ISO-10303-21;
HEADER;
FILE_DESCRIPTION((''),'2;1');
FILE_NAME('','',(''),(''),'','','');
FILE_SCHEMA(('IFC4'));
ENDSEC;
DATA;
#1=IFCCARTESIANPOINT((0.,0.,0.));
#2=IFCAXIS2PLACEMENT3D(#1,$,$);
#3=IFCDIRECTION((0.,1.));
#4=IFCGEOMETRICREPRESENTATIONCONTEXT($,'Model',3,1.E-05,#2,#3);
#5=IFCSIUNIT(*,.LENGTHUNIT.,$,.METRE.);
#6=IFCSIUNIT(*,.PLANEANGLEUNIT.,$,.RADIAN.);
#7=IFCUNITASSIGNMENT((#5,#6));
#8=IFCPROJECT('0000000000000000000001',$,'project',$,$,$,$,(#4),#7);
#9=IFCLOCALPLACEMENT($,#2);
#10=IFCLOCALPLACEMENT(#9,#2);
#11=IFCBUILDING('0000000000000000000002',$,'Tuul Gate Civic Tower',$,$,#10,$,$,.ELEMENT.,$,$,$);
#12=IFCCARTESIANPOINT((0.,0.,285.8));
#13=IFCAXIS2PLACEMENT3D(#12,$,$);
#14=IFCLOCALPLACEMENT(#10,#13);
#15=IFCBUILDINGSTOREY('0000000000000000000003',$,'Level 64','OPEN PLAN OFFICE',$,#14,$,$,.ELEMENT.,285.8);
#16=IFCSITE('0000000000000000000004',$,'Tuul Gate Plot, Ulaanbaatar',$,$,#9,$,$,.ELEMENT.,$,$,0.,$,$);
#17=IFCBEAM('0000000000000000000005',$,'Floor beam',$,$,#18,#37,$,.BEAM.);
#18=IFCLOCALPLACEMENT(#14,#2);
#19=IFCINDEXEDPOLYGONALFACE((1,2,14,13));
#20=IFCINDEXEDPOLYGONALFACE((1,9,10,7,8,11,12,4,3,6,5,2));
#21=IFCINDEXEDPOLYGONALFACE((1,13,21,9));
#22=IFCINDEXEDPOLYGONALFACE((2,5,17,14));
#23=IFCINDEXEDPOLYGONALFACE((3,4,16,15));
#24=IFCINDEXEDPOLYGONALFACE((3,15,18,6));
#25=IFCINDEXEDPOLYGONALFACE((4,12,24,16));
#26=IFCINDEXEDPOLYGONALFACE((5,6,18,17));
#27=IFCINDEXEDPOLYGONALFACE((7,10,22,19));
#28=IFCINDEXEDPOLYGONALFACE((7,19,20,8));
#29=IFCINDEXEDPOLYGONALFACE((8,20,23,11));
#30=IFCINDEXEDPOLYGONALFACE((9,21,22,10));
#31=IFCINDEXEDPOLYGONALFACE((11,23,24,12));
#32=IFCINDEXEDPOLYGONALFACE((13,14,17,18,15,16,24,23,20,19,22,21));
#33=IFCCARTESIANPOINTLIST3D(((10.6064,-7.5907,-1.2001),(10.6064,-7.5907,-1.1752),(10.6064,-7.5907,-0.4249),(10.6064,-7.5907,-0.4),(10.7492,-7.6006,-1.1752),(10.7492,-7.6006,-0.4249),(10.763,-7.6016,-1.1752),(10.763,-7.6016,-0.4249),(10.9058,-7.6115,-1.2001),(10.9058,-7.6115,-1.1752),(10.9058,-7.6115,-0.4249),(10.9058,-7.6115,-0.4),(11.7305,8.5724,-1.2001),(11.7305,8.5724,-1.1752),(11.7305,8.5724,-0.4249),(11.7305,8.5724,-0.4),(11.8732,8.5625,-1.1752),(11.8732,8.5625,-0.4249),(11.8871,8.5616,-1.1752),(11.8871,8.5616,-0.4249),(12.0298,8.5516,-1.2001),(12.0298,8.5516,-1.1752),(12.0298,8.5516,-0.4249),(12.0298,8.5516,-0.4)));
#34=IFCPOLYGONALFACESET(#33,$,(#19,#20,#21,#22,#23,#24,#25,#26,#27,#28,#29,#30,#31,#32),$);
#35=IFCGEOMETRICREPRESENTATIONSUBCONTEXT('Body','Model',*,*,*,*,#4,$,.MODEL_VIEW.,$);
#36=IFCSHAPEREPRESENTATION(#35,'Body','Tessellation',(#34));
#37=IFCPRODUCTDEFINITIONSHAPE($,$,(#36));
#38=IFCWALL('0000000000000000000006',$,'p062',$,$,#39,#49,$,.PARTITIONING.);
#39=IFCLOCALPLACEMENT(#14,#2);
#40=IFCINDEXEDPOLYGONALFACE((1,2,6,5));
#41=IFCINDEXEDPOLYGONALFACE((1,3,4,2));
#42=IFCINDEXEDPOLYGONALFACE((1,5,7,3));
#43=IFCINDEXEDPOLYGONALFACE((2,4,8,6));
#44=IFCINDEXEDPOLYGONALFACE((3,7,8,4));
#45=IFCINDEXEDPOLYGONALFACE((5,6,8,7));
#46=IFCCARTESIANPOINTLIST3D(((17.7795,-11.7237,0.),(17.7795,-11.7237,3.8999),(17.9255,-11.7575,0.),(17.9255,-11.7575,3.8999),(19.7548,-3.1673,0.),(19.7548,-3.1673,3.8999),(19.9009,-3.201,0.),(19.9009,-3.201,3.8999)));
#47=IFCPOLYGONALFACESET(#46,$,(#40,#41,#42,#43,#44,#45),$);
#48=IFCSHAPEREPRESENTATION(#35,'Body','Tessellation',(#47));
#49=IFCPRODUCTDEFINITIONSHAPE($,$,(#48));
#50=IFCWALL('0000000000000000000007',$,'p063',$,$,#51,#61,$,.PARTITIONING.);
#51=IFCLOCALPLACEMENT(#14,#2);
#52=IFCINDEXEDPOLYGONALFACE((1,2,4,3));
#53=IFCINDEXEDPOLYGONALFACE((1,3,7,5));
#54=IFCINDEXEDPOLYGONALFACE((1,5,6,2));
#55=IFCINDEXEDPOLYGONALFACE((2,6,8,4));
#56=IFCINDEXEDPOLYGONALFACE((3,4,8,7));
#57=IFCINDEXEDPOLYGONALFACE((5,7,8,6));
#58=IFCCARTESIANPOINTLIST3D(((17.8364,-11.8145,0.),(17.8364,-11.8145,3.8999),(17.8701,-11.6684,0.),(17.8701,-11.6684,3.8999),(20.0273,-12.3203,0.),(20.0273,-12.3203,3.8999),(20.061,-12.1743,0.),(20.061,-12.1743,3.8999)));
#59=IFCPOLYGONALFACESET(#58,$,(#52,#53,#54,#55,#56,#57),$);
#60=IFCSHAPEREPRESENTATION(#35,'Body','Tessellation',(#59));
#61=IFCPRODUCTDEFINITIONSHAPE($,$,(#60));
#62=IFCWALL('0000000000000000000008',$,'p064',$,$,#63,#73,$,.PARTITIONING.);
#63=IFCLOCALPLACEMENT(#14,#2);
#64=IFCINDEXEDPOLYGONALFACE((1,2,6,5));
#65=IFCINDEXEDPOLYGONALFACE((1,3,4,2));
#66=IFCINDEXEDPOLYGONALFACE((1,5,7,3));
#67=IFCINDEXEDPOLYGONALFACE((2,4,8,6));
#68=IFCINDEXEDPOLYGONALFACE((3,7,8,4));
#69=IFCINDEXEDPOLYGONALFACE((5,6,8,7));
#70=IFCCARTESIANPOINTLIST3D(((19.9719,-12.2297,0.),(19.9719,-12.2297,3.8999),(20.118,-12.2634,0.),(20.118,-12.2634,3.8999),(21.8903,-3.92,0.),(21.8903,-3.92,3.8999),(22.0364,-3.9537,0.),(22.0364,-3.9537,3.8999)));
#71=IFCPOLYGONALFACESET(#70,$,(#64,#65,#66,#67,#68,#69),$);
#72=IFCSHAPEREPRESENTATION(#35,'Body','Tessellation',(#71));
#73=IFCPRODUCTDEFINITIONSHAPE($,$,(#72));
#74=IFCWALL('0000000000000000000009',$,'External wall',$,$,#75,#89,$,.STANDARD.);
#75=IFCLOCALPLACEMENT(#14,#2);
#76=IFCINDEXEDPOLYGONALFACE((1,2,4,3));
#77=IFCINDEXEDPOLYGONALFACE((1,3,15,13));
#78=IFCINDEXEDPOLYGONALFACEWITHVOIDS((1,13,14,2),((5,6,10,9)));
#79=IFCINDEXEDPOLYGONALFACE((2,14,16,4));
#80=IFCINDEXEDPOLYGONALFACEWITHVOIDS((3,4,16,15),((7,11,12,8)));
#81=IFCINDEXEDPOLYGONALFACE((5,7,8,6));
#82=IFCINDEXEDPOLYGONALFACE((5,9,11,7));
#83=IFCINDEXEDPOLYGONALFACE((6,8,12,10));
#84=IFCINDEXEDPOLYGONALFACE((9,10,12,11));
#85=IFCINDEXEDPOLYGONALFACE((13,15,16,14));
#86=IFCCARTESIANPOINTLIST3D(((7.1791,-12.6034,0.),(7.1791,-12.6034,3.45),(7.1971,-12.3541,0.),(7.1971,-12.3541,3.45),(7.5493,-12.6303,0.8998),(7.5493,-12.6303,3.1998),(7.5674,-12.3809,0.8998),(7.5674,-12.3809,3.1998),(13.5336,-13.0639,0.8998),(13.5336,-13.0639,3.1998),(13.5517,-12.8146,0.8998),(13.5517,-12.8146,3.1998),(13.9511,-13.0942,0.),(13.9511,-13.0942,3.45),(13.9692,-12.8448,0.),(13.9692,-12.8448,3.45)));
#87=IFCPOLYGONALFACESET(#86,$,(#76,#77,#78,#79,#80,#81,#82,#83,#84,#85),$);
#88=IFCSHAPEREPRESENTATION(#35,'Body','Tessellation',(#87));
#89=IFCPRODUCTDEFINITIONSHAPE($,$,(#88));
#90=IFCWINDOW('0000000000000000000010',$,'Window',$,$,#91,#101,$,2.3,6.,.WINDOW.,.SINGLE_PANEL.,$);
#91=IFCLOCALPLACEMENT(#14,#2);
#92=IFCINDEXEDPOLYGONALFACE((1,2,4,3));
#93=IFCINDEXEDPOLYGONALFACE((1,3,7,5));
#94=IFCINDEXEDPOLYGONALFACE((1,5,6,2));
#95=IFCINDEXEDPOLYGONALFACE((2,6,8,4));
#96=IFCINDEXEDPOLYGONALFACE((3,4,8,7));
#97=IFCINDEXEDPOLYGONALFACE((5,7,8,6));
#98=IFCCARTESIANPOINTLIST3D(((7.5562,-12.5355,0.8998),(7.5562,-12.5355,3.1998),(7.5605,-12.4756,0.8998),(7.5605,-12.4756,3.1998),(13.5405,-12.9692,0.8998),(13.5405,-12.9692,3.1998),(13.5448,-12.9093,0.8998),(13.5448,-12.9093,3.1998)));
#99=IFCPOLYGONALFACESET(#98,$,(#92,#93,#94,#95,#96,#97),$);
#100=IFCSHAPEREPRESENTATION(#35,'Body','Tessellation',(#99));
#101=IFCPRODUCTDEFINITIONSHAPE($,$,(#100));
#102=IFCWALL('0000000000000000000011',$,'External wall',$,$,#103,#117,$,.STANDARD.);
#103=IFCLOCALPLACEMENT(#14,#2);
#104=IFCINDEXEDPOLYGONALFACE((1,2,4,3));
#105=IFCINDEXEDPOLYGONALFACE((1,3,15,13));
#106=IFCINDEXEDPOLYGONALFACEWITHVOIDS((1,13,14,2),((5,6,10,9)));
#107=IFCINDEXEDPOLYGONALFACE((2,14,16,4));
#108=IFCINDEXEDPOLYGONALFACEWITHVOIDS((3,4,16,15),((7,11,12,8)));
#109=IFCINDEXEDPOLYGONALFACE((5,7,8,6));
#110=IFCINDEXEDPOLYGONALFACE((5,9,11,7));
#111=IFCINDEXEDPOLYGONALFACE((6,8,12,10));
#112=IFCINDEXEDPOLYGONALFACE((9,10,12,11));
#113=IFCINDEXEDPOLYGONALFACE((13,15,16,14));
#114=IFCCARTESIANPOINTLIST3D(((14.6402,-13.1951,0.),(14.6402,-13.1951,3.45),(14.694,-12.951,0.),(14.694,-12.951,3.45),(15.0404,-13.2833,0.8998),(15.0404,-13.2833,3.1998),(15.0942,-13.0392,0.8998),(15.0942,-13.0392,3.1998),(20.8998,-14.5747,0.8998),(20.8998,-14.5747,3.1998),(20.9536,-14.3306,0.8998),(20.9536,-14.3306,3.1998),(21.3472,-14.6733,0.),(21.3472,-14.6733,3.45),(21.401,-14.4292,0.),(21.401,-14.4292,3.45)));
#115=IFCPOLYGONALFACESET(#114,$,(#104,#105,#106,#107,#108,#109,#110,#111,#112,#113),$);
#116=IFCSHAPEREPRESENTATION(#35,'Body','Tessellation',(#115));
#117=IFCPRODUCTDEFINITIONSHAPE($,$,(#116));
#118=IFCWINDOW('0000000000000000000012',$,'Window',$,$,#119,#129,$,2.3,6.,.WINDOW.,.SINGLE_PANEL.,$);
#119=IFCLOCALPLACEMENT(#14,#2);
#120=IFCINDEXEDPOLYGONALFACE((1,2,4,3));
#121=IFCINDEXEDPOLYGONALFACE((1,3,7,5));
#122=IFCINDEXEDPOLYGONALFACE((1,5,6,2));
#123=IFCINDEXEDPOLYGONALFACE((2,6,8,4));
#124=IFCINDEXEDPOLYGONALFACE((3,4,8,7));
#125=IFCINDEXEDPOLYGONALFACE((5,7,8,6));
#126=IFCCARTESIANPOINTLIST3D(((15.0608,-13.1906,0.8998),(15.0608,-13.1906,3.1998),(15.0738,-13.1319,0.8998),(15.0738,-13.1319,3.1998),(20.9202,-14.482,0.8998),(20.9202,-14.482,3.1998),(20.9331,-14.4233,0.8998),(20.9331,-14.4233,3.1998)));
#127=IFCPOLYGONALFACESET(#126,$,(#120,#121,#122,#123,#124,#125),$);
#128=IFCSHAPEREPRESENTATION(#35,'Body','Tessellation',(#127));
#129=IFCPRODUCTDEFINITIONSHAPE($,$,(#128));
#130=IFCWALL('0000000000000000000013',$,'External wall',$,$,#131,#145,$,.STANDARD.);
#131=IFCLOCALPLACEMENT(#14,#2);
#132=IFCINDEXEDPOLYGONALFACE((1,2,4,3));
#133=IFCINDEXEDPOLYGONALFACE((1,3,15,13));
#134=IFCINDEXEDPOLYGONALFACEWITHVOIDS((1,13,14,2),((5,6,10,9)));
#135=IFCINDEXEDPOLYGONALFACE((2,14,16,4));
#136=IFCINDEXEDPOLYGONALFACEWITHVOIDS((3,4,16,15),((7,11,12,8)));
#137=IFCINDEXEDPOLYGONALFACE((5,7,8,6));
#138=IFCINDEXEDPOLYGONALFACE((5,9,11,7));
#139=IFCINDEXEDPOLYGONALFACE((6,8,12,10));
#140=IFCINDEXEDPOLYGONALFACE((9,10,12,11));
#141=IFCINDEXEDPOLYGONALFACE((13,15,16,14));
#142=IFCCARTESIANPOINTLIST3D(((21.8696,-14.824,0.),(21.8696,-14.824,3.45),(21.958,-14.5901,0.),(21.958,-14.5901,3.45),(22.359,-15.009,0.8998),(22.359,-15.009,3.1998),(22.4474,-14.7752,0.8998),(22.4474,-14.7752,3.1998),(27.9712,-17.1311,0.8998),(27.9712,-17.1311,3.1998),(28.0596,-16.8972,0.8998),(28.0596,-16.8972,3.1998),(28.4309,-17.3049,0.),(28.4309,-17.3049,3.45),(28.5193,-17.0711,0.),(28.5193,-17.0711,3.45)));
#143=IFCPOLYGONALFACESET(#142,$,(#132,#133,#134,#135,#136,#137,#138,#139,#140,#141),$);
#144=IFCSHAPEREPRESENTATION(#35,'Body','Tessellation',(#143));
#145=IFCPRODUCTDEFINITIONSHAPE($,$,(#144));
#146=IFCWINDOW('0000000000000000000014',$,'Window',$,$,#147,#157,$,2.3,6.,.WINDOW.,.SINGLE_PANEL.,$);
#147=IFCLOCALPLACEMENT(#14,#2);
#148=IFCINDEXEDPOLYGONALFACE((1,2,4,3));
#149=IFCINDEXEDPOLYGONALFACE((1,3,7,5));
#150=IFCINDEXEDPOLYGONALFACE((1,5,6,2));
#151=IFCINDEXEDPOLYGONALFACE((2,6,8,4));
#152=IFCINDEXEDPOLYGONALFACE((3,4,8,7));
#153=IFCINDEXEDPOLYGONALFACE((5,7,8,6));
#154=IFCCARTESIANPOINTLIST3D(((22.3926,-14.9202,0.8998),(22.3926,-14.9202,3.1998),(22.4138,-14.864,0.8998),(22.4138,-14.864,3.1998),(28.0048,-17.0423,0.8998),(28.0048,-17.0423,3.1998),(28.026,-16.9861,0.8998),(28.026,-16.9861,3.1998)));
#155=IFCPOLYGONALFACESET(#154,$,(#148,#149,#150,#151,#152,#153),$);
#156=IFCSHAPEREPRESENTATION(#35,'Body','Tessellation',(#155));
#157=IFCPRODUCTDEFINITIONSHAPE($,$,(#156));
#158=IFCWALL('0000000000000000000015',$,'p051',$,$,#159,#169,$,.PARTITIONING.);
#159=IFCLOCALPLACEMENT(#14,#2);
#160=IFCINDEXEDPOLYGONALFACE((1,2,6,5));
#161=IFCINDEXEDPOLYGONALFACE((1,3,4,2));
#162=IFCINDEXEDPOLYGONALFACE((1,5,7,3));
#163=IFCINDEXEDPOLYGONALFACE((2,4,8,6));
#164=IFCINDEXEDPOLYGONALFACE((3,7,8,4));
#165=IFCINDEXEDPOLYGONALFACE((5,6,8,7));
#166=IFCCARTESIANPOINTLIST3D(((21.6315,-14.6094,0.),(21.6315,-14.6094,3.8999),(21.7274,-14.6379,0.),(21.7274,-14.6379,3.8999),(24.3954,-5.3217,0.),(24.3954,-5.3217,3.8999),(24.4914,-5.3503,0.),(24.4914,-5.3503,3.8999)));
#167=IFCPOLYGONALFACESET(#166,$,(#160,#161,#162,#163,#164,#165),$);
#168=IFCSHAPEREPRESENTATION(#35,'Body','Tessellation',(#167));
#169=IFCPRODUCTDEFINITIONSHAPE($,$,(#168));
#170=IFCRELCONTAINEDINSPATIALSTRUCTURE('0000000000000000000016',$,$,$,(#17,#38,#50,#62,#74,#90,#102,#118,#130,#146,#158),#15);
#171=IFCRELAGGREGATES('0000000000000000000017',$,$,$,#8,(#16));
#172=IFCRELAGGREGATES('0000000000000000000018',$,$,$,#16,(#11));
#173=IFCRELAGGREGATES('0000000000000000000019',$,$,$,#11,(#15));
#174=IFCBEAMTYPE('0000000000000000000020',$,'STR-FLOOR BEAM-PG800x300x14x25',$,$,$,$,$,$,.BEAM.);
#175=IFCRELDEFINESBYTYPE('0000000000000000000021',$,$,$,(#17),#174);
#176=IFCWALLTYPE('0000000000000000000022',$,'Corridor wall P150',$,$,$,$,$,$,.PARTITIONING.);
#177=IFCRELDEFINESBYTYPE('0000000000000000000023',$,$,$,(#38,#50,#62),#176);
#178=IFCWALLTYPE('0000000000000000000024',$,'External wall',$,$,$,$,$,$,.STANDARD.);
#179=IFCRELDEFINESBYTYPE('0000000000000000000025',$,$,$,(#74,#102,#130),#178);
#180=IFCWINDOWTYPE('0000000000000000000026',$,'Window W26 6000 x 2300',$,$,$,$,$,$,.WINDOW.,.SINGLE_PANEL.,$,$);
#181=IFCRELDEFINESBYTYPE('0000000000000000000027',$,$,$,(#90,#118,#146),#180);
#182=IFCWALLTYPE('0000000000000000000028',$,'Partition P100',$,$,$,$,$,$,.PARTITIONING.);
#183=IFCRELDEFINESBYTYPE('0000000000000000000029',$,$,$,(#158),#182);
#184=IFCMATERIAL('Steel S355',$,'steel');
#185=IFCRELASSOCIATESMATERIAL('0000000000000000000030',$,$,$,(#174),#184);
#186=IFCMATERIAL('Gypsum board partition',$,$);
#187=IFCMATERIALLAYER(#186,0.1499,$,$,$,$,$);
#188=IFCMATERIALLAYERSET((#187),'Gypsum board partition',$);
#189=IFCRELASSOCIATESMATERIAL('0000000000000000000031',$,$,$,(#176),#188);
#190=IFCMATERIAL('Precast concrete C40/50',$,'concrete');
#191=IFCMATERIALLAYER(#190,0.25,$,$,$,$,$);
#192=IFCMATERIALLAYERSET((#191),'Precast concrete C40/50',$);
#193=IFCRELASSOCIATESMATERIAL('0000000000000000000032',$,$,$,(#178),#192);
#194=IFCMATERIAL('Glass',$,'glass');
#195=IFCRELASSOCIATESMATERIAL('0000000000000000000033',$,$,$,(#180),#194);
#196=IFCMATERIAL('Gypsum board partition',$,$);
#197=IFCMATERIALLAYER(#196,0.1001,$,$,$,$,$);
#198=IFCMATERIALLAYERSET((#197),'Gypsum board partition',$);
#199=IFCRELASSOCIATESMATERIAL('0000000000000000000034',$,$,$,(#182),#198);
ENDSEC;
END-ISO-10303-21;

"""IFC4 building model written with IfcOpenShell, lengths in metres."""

from ifc_helpers import new_model, si_unit, direction, frame, frame_2d, origin, origin_2d, place, context, subcontext, project, spatial, rectangle, i_section, extrude, material, layer, layer_set, material_profile, profile_set, type_object, element, fill, save


model = new_model("IFC4")

# Units and contexts
model_context = context("Model", 3, precision=1e-05, world=origin(), true_north=direction((0.0, 1.0)))
body_context = subcontext(model_context, "Body", "Model", "MODEL_VIEW")
ifc_project = project(units=[si_unit("LENGTHUNIT", "METRE"), si_unit("PLANEANGLEUNIT", "RADIAN")], contexts=[model_context])

# Site, building, storey
site_placement = place(None, origin())
site = spatial("IfcSite", under=ifc_project, at=site_placement, Name="Tuul Gate Plot, Ulaanbaatar", CompositionType="ELEMENT", RefElevation=0.0)
building_placement = place(site_placement, origin())
building = spatial("IfcBuilding", under=site, at=building_placement, Name="Tuul Gate Civic Tower", CompositionType="ELEMENT")
storey_placement = place(building_placement, frame((0.0, 0.0, 285.8)))
storey = spatial("IfcBuildingStorey", under=building, at=storey_placement, Name="Level 64", Description="OPEN PLAN OFFICE", CompositionType="ELEMENT", Elevation=285.8)

# Beam
ifc_material_1 = material(Name="Steel S355", Category="steel")
ifc_material_profile_1 = material_profile(ifc_material_1, i_section(OverallWidth=0.3, OverallDepth=0.8, WebThickness=0.0139, FlangeThickness=0.0249, at=origin_2d()), Name="PG800x300x14x25")
ifc_profile_set_1 = profile_set([ifc_material_profile_1], Name="Steel S355")
beam_type_1 = type_object("IfcBeamType", Name="STR-FLOOR BEAM-PG800x300x14x25", PredefinedType="BEAM", material=ifc_profile_set_1)
beam_1_placement = place(storey_placement, frame((10.7561, -7.6011, -0.8), z_axis=(0.069375, 0.997591, 0.0), x_axis=(-0.997591, 0.069375, 0.0)))
element("IfcBeam", 1, at=beam_1_placement, inside=storey, type_object=beam_type_1, Name="Floor beam", PredefinedType="BEAM", context=body_context, shape_type="SweptSolid", body=[
    extrude(i_section(OverallWidth=0.3, OverallDepth=0.8, WebThickness=0.0139, FlangeThickness=0.0249, at=origin_2d()), origin(), (0.0, 0.0, 1.0), 16.2021),
])

# Walls
ifc_material_2 = material(Name="Gypsum board partition")
ifc_layer_1 = layer(ifc_material_2, 0.1499)
ifc_layer_set_1 = layer_set([ifc_layer_1], Name="Gypsum board partition")
wall_type_1 = type_object("IfcWallType", Name="Corridor wall P150", PredefinedType="PARTITIONING", material=ifc_layer_set_1)
wall_1_placement = place(storey_placement, frame((17.8525, -11.7405, 0.0), z_axis=(0.0, 0.0, 1.0), x_axis=(0.224945, 0.974372, 0.0)))
element("IfcWall", 2, at=wall_1_placement, inside=storey, type_object=wall_type_1, Name="p062", PredefinedType="PARTITIONING", context=body_context, shape_type="SweptSolid", body=[
    extrude(rectangle(XDim=8.7815, YDim=0.1499, at=frame_2d((4.3906, 0.0))), origin(), (0.0, 0.0, 1.0), 3.8999),
])
wall_2_placement = place(storey_placement, frame((17.8533, -11.7415, 0.0), z_axis=(0.0, 0.0, 1.0), x_axis=(0.974366, -0.224971, 0.0)))
element("IfcWall", 3, at=wall_2_placement, inside=storey, type_object=wall_type_1, Name="p063", PredefinedType="PARTITIONING", context=body_context, shape_type="SweptSolid", body=[
    extrude(rectangle(XDim=2.2485, YDim=0.1499, at=frame_2d((1.1243, 0.0))), origin(), (0.0, 0.0, 1.0), 3.8999),
])
wall_3_placement = place(storey_placement, frame((20.0449, -12.2466, 0.0), z_axis=(0.0, 0.0, 1.0), x_axis=(0.224949, 0.97437, 0.0)))
element("IfcWall", 4, at=wall_3_placement, inside=storey, type_object=wall_type_1, Name="p064", PredefinedType="PARTITIONING", context=body_context, shape_type="SweptSolid", body=[
    extrude(rectangle(XDim=8.5283, YDim=0.1499, at=frame_2d((4.2642, 0.0))), origin(), (0.0, 0.0, 1.0), 3.8999),
])

# Walls, openings, windows
ifc_material_3 = material(Name="Precast concrete C40/50", Category="concrete")
ifc_layer_2 = layer(ifc_material_3, 0.25)
ifc_layer_set_2 = layer_set([ifc_layer_2], Name="Precast concrete C40/50")
wall_type_2 = type_object("IfcWallType", Name="External wall", PredefinedType="STANDARD", material=ifc_layer_set_2)
wall_4_placement = place(storey_placement, frame((7.188, -12.4788, 0.0), z_axis=(0.0, 0.0, 1.0), x_axis=(0.997385, -0.072274, 0.0)))
wall_4 = element("IfcWall", 5, at=wall_4_placement, inside=storey, type_object=wall_type_2, Name="External wall", PredefinedType="STANDARD", context=body_context, shape_type="SweptSolid", body=[
    extrude(rectangle(XDim=6.7898, YDim=0.25, at=frame_2d((3.395, 0.0))), origin(), (0.0, 0.0, 1.0), 3.45),
])
opening_1_placement = place(wall_4_placement, frame((0.3713, 0.0, 0.8999)))
opening_1 = element("IfcOpeningElement", 6, at=opening_1_placement, cuts=wall_4, PredefinedType="OPENING", context=body_context, shape_type="SweptSolid", body=[
    extrude(rectangle(XDim=6.0, YDim=2.3, at=frame_2d((3.0, 1.1499))), frame((0.0, 0.135, 0.0), z_axis=(0.0, -1.0, 0.0), x_axis=(1.0, 0.0, 0.0)), (0.0, 0.0, 1.0), 0.27),
])
ifc_material_4 = material(Name="Glass", Category="glass")
window_type = type_object("IfcWindowType", Name="Window W26 6000 x 2300", PartitioningType="SINGLE_PANEL", PredefinedType="WINDOW", material=ifc_material_4)
window_1_placement = place(opening_1_placement, origin())
window_1 = element("IfcWindow", 7, at=window_1_placement, inside=storey, type_object=window_type, Name="Window", OverallHeight=2.3, OverallWidth=6.0, PartitioningType="SINGLE_PANEL", PredefinedType="WINDOW", context=body_context, shape_type="SweptSolid", body=[
    extrude(rectangle(XDim=6.0, YDim=2.3, at=frame_2d((3.0, 1.1499))), frame((0.0, 0.03, 0.0), z_axis=(0.0, -1.0, 0.0), x_axis=(1.0, 0.0, 0.0)), (0.0, 0.0, 1.0), 0.0601),
])
fill(opening_1, window_1)
wall_5_placement = place(storey_placement, frame((14.667, -13.073, 0.0), z_axis=(0.0, 0.0, 1.0), x_axis=(0.976561, -0.21524, 0.0)))
wall_5 = element("IfcWall", 8, at=wall_5_placement, inside=storey, type_object=wall_type_2, Name="External wall", PredefinedType="STANDARD", context=body_context, shape_type="SweptSolid", body=[
    extrude(rectangle(XDim=6.8679, YDim=0.25, at=frame_2d((3.4341, 0.0))), origin(), (0.0, 0.0, 1.0), 3.45),
])
opening_2_placement = place(wall_5_placement, frame((0.4099, 0.0, 0.8999)))
opening_2 = element("IfcOpeningElement", 9, at=opening_2_placement, cuts=wall_5, PredefinedType="OPENING", context=body_context, shape_type="SweptSolid", body=[
    extrude(rectangle(XDim=6.0, YDim=2.3, at=frame_2d((3.0, 1.1499))), frame((0.0, 0.135, 0.0), z_axis=(0.0, -1.0, 0.0), x_axis=(1.0, 0.0, 0.0)), (0.0, 0.0, 1.0), 0.27),
])
window_2_placement = place(opening_2_placement, origin())
window_2 = element("IfcWindow", 10, at=window_2_placement, inside=storey, type_object=window_type, Name="Window", OverallHeight=2.3, OverallWidth=6.0, PartitioningType="SINGLE_PANEL", PredefinedType="WINDOW", context=body_context, shape_type="SweptSolid", body=[
    extrude(rectangle(XDim=6.0, YDim=2.3, at=frame_2d((3.0, 1.1499))), frame((0.0, 0.03, 0.0), z_axis=(0.0, -1.0, 0.0), x_axis=(1.0, 0.0, 0.0)), (0.0, 0.0, 1.0), 0.0601),
])
fill(opening_2, window_2)
wall_6_placement = place(storey_placement, frame((21.9138, -14.707, 0.0), z_axis=(0.0, 0.0, 1.0), x_axis=(0.935366, -0.353681, 0.0)))
wall_6 = element("IfcWall", 11, at=wall_6_placement, inside=storey, type_object=wall_type_2, Name="External wall", PredefinedType="STANDARD", context=body_context, shape_type="SweptSolid", body=[
    extrude(rectangle(XDim=7.0146, YDim=0.25, at=frame_2d((3.5073, 0.0))), origin(), (0.0, 0.0, 1.0), 3.45),
])
opening_3_placement = place(wall_6_placement, frame((0.5232, 0.0, 0.8999)))
opening_3 = element("IfcOpeningElement", 12, at=opening_3_placement, cuts=wall_6, PredefinedType="OPENING", context=body_context, shape_type="SweptSolid", body=[
    extrude(rectangle(XDim=6.0, YDim=2.3, at=frame_2d((3.0, 1.1499))), frame((0.0, 0.135, 0.0), z_axis=(0.0, -1.0, 0.0), x_axis=(1.0, 0.0, 0.0)), (0.0, 0.0, 1.0), 0.27),
])
window_3_placement = place(opening_3_placement, origin())
window_3 = element("IfcWindow", 13, at=window_3_placement, inside=storey, type_object=window_type, Name="Window", OverallHeight=2.3, OverallWidth=6.0, PartitioningType="SINGLE_PANEL", PredefinedType="WINDOW", context=body_context, shape_type="SweptSolid", body=[
    extrude(rectangle(XDim=6.0, YDim=2.3, at=frame_2d((3.0, 1.1499))), frame((0.0, 0.03, 0.0), z_axis=(0.0, -1.0, 0.0), x_axis=(1.0, 0.0, 0.0)), (0.0, 0.0, 1.0), 0.0601),
])
fill(opening_3, window_3)

# Wall
ifc_material_5 = material(Name="Gypsum board partition")
ifc_layer_3 = layer(ifc_material_5, 0.1001)
ifc_layer_set_3 = layer_set([ifc_layer_3], Name="Gypsum board partition")
wall_type_3 = type_object("IfcWallType", Name="Partition P100", PredefinedType="PARTITIONING", material=ifc_layer_set_3)
wall_7_placement = place(storey_placement, frame((21.6794, -14.6238, 0.0), z_axis=(0.0, 0.0, 1.0), x_axis=(0.28523, 0.958459, 0.0)))
element("IfcWall", 14, at=wall_7_placement, inside=storey, type_object=wall_type_3, Name="p051", PredefinedType="PARTITIONING", context=body_context, shape_type="SweptSolid", body=[
    extrude(rectangle(XDim=9.6902, YDim=0.1001, at=frame_2d((4.8452, 0.0))), origin(), (0.0, 0.0, 1.0), 3.8999),
])

save(model, "model.ifc")
